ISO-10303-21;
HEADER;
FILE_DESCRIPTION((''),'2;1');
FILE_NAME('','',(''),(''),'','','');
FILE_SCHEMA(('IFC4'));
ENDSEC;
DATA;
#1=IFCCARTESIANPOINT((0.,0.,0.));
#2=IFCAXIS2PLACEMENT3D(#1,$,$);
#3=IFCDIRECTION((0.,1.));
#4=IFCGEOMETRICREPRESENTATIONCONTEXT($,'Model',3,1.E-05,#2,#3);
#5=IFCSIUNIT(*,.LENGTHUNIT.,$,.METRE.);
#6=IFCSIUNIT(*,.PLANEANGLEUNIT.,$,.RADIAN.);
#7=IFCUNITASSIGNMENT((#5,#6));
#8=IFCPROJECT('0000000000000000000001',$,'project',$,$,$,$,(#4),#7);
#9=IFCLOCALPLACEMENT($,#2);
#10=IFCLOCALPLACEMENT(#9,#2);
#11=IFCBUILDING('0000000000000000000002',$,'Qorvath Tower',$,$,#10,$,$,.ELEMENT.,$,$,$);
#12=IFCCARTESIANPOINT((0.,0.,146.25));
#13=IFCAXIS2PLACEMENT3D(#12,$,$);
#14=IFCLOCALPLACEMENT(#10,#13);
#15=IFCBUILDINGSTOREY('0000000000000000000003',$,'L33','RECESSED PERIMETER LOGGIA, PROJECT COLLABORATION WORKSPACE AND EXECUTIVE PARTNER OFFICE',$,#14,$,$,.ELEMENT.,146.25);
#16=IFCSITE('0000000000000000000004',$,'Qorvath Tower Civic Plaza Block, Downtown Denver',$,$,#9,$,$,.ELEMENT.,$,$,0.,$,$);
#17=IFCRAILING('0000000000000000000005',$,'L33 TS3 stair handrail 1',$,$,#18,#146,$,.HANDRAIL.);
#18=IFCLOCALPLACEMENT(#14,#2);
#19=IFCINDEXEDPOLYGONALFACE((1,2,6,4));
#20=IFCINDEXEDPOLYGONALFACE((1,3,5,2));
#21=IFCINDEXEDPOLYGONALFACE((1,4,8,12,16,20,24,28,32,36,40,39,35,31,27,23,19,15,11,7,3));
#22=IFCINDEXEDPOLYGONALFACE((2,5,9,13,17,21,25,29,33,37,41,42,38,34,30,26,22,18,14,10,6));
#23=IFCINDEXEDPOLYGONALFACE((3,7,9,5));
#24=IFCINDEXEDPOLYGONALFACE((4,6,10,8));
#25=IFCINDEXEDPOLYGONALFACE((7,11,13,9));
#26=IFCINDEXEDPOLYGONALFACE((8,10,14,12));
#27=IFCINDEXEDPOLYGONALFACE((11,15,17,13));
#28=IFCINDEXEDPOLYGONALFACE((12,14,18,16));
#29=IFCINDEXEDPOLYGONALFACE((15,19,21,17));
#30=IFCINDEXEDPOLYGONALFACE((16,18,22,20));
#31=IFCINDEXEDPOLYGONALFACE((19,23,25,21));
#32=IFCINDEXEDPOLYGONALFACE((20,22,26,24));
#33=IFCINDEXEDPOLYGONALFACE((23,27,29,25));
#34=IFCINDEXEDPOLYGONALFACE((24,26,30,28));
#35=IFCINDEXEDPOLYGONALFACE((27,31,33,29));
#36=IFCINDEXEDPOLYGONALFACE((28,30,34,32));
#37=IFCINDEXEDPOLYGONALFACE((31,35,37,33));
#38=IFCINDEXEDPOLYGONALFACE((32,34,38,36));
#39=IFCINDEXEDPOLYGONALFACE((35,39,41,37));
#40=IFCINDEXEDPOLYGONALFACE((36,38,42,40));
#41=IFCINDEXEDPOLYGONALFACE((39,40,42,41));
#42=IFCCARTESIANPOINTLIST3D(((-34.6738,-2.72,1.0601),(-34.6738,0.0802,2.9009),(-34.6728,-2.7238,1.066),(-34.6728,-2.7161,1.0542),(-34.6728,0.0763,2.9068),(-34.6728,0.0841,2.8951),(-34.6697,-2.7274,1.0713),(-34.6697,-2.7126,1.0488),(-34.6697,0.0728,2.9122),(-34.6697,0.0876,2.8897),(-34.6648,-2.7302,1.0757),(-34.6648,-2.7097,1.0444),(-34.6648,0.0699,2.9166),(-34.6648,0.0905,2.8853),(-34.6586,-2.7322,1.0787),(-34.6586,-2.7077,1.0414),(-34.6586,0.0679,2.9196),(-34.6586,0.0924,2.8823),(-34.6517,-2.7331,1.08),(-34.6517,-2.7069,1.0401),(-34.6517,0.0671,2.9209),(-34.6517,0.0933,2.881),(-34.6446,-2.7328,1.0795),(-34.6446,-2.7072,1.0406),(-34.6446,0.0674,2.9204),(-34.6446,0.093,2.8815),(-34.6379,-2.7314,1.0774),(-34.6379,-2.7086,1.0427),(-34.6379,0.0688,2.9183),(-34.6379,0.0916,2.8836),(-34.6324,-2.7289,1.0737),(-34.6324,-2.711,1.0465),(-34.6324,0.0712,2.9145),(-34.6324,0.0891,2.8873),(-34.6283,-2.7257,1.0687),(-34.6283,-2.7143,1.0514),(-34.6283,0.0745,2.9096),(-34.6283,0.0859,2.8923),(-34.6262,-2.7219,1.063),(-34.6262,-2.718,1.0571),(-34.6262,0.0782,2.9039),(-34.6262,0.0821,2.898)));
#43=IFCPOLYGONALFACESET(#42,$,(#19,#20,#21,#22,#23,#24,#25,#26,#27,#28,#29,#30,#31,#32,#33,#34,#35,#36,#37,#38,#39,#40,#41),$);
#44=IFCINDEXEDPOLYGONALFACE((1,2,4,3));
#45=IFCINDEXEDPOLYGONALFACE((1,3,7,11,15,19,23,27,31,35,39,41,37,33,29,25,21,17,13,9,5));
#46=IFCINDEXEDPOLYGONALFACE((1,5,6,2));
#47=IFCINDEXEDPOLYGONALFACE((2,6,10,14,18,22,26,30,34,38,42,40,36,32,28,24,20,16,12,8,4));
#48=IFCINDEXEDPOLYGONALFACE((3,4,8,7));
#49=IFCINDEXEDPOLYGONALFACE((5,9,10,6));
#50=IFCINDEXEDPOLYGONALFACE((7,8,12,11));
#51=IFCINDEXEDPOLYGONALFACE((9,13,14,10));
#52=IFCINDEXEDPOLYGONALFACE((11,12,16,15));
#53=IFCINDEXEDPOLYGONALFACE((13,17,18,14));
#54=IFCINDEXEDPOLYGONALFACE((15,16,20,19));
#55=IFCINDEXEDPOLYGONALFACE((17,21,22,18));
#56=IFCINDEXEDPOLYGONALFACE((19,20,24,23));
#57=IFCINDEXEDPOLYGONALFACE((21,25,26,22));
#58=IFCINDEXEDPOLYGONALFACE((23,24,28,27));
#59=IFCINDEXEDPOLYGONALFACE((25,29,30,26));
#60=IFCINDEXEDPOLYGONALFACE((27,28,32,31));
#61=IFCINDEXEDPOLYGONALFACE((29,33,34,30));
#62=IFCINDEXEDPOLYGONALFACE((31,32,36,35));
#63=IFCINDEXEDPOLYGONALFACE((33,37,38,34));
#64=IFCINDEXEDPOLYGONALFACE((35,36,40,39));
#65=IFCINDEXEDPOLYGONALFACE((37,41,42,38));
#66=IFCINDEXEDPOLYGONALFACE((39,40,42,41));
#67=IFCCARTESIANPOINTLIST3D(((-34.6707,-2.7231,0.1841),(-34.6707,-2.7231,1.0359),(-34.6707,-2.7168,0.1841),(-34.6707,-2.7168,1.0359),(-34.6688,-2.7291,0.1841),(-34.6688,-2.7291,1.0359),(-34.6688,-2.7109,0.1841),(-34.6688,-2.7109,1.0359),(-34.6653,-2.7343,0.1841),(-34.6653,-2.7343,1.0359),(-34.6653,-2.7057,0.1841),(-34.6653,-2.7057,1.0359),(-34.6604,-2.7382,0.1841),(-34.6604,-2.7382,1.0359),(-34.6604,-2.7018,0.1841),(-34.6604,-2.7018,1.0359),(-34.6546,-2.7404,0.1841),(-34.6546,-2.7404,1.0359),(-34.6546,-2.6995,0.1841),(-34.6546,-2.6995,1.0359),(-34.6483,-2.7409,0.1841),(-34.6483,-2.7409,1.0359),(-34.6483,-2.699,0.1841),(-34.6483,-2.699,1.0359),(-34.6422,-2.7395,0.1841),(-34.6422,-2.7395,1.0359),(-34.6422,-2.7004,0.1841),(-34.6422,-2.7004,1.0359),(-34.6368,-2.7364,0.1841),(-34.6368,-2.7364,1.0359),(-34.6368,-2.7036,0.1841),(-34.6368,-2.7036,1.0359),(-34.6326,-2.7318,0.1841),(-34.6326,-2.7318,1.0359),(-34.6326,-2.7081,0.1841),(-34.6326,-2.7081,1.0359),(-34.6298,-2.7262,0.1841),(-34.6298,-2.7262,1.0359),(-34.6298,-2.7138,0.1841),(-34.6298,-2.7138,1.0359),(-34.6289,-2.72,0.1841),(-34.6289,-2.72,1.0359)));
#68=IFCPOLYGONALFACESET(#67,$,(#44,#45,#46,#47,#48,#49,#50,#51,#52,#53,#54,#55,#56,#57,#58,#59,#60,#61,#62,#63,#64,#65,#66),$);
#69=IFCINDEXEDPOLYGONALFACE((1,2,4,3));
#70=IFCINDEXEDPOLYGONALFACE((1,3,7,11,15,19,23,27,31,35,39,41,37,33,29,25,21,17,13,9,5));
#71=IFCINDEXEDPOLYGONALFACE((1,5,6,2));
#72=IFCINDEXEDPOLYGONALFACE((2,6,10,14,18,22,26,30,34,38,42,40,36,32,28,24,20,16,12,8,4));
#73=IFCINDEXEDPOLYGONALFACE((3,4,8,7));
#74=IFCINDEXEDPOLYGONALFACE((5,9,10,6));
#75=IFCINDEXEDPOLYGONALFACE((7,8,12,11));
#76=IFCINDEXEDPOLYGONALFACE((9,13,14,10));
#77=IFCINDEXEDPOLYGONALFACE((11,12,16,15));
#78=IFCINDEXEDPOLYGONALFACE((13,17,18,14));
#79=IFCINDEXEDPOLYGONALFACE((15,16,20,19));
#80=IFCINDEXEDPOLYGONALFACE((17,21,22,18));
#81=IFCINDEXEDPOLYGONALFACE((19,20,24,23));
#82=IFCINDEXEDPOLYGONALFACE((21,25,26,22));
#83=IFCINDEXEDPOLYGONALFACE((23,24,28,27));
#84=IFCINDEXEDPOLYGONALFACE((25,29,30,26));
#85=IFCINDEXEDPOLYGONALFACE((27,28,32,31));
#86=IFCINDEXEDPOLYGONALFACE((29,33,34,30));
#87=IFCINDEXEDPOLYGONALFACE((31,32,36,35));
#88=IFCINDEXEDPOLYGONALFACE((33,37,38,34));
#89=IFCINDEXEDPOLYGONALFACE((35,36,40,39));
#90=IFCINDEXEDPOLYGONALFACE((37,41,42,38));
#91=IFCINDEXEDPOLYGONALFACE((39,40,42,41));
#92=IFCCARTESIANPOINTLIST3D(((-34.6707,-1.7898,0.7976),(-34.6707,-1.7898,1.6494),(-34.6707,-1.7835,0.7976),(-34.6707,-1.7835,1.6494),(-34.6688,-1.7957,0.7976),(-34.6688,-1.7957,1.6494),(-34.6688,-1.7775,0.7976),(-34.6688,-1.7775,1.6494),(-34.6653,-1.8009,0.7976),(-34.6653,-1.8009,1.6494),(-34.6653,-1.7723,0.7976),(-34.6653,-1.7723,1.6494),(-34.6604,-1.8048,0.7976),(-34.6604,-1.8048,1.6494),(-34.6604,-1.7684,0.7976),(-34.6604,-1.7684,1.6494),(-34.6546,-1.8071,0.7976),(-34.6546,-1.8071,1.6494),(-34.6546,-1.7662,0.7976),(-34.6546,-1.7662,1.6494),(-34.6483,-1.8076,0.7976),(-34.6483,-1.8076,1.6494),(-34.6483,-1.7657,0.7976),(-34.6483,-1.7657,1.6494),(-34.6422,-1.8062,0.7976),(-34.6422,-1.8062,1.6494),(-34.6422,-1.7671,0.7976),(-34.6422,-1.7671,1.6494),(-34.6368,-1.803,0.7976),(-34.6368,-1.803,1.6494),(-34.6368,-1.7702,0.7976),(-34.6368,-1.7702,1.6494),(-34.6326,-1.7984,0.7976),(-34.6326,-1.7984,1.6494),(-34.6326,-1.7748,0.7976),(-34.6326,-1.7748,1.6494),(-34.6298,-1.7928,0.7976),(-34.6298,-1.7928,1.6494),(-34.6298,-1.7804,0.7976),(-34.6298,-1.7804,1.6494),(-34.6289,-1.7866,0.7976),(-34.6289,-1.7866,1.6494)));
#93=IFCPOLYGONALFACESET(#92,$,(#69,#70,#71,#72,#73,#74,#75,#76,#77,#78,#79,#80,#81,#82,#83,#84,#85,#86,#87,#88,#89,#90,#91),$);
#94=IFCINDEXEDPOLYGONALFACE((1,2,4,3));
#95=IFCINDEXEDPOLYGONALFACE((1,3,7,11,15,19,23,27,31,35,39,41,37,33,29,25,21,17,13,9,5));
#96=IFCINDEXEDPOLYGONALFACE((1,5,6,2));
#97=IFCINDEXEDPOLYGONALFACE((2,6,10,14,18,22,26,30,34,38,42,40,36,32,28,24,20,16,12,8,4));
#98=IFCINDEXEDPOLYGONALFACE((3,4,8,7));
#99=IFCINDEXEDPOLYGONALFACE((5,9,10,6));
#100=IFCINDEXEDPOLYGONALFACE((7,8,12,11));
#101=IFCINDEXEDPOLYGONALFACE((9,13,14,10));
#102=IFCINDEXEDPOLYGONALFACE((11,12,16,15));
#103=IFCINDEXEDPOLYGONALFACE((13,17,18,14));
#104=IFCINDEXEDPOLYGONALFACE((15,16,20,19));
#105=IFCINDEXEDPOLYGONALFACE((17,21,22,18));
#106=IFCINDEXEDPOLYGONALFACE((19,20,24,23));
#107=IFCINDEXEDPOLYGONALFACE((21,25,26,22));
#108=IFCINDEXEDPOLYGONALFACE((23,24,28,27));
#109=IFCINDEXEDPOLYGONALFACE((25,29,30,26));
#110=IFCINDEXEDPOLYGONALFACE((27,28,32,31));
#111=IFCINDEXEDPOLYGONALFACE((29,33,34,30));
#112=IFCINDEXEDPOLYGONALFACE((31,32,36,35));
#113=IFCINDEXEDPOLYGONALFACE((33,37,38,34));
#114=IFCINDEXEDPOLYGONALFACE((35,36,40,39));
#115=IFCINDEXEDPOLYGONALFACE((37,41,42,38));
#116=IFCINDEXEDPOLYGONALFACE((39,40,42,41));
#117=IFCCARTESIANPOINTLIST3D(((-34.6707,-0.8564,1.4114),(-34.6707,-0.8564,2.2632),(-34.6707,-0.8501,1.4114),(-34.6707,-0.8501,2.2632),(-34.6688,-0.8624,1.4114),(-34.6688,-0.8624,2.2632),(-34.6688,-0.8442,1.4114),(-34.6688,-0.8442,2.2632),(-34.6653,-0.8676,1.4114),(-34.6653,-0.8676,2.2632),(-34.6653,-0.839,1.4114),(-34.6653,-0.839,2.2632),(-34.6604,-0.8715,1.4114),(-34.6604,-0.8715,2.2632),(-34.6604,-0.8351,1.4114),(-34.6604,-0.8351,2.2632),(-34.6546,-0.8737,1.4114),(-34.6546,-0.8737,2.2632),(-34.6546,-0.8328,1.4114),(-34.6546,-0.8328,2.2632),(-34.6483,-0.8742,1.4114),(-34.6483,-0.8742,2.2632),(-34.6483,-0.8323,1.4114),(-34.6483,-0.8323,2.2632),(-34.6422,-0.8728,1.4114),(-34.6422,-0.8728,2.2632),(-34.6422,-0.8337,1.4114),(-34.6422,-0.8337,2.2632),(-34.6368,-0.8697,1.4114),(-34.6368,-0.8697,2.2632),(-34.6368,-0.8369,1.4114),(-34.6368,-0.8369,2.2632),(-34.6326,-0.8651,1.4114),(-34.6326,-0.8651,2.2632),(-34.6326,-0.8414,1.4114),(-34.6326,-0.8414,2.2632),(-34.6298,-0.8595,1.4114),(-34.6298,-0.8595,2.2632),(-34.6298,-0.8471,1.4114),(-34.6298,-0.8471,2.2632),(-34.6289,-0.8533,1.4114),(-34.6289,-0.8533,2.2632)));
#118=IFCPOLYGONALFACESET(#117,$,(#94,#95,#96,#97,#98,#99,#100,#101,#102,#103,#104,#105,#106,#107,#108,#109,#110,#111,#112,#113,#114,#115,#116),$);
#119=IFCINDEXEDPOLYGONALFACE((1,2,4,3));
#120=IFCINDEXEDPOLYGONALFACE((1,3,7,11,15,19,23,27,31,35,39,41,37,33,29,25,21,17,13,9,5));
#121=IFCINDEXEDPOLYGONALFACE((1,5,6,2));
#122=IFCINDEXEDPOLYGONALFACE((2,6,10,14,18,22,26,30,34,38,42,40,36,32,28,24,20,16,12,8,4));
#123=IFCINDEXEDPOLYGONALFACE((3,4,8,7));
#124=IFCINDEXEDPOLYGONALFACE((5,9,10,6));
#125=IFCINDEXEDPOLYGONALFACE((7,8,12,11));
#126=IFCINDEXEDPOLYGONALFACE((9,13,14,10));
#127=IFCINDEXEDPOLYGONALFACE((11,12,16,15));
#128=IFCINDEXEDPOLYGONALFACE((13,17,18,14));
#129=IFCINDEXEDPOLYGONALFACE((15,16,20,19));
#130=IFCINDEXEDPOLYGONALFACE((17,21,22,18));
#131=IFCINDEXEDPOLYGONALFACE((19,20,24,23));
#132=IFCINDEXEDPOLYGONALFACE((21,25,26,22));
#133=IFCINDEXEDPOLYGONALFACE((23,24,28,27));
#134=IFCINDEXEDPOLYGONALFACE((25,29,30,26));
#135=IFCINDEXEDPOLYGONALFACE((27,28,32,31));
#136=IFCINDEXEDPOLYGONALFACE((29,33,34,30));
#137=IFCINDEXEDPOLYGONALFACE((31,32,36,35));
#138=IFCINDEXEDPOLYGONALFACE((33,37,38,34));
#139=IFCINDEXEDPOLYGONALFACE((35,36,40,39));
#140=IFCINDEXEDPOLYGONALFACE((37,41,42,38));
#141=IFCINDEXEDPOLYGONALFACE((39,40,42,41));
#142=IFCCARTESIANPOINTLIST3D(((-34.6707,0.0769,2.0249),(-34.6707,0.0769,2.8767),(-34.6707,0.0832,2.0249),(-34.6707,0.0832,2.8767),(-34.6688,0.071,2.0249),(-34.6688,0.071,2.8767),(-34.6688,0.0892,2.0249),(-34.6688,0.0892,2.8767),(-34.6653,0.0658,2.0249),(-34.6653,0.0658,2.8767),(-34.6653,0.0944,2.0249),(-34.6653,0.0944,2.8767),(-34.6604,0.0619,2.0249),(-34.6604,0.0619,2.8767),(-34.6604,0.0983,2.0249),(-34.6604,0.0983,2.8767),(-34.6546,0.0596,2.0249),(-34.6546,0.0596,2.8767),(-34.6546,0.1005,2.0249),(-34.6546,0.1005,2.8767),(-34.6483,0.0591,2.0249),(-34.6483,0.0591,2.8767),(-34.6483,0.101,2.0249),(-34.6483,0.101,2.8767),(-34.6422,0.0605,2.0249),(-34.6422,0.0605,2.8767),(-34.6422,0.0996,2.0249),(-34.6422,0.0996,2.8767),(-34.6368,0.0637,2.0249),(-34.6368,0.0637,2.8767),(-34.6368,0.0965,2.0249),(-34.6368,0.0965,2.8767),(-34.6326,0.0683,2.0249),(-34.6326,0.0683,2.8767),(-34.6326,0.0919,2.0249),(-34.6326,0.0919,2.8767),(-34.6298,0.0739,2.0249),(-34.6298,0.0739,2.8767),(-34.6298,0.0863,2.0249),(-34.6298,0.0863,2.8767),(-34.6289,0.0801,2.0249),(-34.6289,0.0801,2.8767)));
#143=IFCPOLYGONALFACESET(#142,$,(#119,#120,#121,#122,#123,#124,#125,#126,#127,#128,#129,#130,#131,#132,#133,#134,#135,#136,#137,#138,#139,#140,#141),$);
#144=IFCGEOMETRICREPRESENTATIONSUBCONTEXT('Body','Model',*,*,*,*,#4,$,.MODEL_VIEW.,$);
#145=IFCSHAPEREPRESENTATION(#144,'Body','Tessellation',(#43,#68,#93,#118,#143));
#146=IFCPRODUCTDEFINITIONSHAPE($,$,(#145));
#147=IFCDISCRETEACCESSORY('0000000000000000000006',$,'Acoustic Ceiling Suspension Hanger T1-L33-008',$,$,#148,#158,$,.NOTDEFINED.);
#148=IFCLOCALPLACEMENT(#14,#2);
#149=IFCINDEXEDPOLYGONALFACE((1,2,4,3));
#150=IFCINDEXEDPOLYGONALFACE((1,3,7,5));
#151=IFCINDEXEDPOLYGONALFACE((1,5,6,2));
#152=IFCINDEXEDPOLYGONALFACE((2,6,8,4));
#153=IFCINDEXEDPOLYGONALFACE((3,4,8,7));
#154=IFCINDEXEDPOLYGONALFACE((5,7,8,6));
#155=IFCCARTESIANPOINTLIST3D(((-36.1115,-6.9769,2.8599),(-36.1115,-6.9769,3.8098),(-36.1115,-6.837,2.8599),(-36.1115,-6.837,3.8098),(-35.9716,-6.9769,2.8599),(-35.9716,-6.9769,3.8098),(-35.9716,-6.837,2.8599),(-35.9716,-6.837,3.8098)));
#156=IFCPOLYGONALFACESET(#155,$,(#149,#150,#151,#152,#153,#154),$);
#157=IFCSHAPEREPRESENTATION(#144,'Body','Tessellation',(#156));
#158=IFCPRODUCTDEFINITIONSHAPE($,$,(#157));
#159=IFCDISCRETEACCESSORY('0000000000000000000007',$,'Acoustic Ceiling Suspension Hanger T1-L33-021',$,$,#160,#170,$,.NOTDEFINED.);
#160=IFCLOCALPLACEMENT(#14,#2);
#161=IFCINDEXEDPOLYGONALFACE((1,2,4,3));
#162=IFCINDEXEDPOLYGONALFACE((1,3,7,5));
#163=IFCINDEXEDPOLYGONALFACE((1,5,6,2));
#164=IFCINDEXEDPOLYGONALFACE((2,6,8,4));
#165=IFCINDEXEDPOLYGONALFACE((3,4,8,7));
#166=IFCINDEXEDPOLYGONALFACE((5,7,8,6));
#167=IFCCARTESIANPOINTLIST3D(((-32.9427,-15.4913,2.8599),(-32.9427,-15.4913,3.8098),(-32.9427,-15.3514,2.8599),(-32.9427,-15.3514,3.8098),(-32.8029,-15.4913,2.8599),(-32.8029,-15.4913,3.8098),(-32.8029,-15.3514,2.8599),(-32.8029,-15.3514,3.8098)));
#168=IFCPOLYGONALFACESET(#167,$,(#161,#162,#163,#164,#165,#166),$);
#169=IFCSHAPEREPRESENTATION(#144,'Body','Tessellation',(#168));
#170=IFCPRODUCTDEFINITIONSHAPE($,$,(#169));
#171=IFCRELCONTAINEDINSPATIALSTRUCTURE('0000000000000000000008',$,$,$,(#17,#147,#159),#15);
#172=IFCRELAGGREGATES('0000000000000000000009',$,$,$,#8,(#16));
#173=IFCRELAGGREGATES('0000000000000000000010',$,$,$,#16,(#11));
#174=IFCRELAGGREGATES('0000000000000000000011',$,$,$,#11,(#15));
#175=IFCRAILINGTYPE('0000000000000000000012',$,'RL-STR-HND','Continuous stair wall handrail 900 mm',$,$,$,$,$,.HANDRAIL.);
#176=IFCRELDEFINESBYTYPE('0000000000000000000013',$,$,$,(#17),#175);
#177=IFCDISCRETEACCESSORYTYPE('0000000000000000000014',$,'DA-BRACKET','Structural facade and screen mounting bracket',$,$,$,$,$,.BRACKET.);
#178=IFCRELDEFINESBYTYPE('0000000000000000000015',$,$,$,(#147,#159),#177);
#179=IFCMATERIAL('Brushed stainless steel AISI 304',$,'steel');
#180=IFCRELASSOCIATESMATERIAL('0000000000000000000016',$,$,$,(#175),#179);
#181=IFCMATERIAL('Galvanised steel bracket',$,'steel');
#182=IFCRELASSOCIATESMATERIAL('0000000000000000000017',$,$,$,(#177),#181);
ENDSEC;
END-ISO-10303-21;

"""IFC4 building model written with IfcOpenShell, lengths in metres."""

from ifc_helpers import new_model, si_unit, direction, frame, origin, origin_2d, place, context, subcontext, project, spatial, rectangle, circle, extrude, material, type_object, element, save


model = new_model("IFC4")

# Units and contexts
model_context = context("Model", 3, precision=1e-05, world=origin(), true_north=direction((0.0, 1.0)))
body_context = subcontext(model_context, "Body", "Model", "MODEL_VIEW")
ifc_project = project(units=[si_unit("LENGTHUNIT", "METRE"), si_unit("PLANEANGLEUNIT", "RADIAN")], contexts=[model_context])

# Site, building, storey
site_placement = place(None, origin())
site = spatial("IfcSite", under=ifc_project, at=site_placement, Name="Qorvath Tower Civic Plaza Block, Downtown Denver", CompositionType="ELEMENT", RefElevation=0.0)
building_placement = place(site_placement, origin())
building = spatial("IfcBuilding", under=site, at=building_placement, Name="Qorvath Tower", CompositionType="ELEMENT")
storey_placement = place(building_placement, frame((0.0, 0.0, 146.25)))
storey = spatial("IfcBuildingStorey", under=building, at=storey_placement, Name="L33", Description="RECESSED PERIMETER LOGGIA, PROJECT COLLABORATION WORKSPACE AND EXECUTIVE PARTNER OFFICE", CompositionType="ELEMENT", Elevation=146.25)

# Railing
ifc_material_1 = material(Name="Brushed stainless steel AISI 304", Category="steel")
railing_type_1 = type_object("IfcRailingType", Name="RL-STR-HND", Description="Continuous stair wall handrail 900 mm", PredefinedType="HANDRAIL", material=ifc_material_1)
railing_1_placement = place(storey_placement, frame((-34.6499, -2.72, 0.1841)))
element("IfcRailing", 1, at=railing_1_placement, inside=storey, type_object=railing_type_1, Name="L33 TS3 stair handrail 1", PredefinedType="HANDRAIL", context=body_context, shape_type="SweptSolid", body=[
    extrude(circle(Radius=0.0239, at=origin_2d()), frame((0.0, 0.0, 0.876), z_axis=(0.0, 0.835598, 0.549342), x_axis=(-1.0, 0.0, 0.0)), (0.0, 0.0, 1.0), 3.3511),
    extrude(circle(Radius=0.021, at=origin_2d()), origin(), (0.0, 0.0, 1.0), 0.8518),
    extrude(circle(Radius=0.021, at=origin_2d()), frame((0.0, 0.9333, 0.6135)), (0.0, 0.0, 1.0), 0.8518),
    extrude(circle(Radius=0.021, at=origin_2d()), frame((0.0, 1.8667, 1.2273)), (0.0, 0.0, 1.0), 0.8518),
    extrude(circle(Radius=0.021, at=origin_2d()), frame((0.0, 2.8, 1.8408)), (0.0, 0.0, 1.0), 0.8518),
])

# Discrete accessories
ifc_material_2 = material(Name="Galvanised steel bracket", Category="steel")
discrete_accessory_type = type_object("IfcDiscreteAccessoryType", Name="DA-BRACKET", Description="Structural facade and screen mounting bracket", PredefinedType="BRACKET", material=ifc_material_2)
for number, where, z_axis, x_axis, name in (
    (2, (-36.0415, -6.907, 2.8599), (0.0, 0.0, 1.0), (1.0, 0.0, 0.0), "Acoustic Ceiling Suspension Hanger T1-L33-008"),
    (3, (-32.8728, -15.4214, 2.8599), (0.0, 0.0, 1.0), (1.0, 0.0, 0.0), "Acoustic Ceiling Suspension Hanger T1-L33-021"),
):
    element("IfcDiscreteAccessory", number, at=place(storey_placement, frame(where, z_axis=z_axis, x_axis=x_axis)), inside=storey, type_object=discrete_accessory_type, Name=name, PredefinedType="NOTDEFINED", context=body_context, shape_type="SweptSolid", body=[
        extrude(rectangle(XDim=0.1399, YDim=0.1399, at=origin_2d()), origin(), (0.0, 0.0, 1.0), 0.95),
    ])

save(model, "model.ifc")
